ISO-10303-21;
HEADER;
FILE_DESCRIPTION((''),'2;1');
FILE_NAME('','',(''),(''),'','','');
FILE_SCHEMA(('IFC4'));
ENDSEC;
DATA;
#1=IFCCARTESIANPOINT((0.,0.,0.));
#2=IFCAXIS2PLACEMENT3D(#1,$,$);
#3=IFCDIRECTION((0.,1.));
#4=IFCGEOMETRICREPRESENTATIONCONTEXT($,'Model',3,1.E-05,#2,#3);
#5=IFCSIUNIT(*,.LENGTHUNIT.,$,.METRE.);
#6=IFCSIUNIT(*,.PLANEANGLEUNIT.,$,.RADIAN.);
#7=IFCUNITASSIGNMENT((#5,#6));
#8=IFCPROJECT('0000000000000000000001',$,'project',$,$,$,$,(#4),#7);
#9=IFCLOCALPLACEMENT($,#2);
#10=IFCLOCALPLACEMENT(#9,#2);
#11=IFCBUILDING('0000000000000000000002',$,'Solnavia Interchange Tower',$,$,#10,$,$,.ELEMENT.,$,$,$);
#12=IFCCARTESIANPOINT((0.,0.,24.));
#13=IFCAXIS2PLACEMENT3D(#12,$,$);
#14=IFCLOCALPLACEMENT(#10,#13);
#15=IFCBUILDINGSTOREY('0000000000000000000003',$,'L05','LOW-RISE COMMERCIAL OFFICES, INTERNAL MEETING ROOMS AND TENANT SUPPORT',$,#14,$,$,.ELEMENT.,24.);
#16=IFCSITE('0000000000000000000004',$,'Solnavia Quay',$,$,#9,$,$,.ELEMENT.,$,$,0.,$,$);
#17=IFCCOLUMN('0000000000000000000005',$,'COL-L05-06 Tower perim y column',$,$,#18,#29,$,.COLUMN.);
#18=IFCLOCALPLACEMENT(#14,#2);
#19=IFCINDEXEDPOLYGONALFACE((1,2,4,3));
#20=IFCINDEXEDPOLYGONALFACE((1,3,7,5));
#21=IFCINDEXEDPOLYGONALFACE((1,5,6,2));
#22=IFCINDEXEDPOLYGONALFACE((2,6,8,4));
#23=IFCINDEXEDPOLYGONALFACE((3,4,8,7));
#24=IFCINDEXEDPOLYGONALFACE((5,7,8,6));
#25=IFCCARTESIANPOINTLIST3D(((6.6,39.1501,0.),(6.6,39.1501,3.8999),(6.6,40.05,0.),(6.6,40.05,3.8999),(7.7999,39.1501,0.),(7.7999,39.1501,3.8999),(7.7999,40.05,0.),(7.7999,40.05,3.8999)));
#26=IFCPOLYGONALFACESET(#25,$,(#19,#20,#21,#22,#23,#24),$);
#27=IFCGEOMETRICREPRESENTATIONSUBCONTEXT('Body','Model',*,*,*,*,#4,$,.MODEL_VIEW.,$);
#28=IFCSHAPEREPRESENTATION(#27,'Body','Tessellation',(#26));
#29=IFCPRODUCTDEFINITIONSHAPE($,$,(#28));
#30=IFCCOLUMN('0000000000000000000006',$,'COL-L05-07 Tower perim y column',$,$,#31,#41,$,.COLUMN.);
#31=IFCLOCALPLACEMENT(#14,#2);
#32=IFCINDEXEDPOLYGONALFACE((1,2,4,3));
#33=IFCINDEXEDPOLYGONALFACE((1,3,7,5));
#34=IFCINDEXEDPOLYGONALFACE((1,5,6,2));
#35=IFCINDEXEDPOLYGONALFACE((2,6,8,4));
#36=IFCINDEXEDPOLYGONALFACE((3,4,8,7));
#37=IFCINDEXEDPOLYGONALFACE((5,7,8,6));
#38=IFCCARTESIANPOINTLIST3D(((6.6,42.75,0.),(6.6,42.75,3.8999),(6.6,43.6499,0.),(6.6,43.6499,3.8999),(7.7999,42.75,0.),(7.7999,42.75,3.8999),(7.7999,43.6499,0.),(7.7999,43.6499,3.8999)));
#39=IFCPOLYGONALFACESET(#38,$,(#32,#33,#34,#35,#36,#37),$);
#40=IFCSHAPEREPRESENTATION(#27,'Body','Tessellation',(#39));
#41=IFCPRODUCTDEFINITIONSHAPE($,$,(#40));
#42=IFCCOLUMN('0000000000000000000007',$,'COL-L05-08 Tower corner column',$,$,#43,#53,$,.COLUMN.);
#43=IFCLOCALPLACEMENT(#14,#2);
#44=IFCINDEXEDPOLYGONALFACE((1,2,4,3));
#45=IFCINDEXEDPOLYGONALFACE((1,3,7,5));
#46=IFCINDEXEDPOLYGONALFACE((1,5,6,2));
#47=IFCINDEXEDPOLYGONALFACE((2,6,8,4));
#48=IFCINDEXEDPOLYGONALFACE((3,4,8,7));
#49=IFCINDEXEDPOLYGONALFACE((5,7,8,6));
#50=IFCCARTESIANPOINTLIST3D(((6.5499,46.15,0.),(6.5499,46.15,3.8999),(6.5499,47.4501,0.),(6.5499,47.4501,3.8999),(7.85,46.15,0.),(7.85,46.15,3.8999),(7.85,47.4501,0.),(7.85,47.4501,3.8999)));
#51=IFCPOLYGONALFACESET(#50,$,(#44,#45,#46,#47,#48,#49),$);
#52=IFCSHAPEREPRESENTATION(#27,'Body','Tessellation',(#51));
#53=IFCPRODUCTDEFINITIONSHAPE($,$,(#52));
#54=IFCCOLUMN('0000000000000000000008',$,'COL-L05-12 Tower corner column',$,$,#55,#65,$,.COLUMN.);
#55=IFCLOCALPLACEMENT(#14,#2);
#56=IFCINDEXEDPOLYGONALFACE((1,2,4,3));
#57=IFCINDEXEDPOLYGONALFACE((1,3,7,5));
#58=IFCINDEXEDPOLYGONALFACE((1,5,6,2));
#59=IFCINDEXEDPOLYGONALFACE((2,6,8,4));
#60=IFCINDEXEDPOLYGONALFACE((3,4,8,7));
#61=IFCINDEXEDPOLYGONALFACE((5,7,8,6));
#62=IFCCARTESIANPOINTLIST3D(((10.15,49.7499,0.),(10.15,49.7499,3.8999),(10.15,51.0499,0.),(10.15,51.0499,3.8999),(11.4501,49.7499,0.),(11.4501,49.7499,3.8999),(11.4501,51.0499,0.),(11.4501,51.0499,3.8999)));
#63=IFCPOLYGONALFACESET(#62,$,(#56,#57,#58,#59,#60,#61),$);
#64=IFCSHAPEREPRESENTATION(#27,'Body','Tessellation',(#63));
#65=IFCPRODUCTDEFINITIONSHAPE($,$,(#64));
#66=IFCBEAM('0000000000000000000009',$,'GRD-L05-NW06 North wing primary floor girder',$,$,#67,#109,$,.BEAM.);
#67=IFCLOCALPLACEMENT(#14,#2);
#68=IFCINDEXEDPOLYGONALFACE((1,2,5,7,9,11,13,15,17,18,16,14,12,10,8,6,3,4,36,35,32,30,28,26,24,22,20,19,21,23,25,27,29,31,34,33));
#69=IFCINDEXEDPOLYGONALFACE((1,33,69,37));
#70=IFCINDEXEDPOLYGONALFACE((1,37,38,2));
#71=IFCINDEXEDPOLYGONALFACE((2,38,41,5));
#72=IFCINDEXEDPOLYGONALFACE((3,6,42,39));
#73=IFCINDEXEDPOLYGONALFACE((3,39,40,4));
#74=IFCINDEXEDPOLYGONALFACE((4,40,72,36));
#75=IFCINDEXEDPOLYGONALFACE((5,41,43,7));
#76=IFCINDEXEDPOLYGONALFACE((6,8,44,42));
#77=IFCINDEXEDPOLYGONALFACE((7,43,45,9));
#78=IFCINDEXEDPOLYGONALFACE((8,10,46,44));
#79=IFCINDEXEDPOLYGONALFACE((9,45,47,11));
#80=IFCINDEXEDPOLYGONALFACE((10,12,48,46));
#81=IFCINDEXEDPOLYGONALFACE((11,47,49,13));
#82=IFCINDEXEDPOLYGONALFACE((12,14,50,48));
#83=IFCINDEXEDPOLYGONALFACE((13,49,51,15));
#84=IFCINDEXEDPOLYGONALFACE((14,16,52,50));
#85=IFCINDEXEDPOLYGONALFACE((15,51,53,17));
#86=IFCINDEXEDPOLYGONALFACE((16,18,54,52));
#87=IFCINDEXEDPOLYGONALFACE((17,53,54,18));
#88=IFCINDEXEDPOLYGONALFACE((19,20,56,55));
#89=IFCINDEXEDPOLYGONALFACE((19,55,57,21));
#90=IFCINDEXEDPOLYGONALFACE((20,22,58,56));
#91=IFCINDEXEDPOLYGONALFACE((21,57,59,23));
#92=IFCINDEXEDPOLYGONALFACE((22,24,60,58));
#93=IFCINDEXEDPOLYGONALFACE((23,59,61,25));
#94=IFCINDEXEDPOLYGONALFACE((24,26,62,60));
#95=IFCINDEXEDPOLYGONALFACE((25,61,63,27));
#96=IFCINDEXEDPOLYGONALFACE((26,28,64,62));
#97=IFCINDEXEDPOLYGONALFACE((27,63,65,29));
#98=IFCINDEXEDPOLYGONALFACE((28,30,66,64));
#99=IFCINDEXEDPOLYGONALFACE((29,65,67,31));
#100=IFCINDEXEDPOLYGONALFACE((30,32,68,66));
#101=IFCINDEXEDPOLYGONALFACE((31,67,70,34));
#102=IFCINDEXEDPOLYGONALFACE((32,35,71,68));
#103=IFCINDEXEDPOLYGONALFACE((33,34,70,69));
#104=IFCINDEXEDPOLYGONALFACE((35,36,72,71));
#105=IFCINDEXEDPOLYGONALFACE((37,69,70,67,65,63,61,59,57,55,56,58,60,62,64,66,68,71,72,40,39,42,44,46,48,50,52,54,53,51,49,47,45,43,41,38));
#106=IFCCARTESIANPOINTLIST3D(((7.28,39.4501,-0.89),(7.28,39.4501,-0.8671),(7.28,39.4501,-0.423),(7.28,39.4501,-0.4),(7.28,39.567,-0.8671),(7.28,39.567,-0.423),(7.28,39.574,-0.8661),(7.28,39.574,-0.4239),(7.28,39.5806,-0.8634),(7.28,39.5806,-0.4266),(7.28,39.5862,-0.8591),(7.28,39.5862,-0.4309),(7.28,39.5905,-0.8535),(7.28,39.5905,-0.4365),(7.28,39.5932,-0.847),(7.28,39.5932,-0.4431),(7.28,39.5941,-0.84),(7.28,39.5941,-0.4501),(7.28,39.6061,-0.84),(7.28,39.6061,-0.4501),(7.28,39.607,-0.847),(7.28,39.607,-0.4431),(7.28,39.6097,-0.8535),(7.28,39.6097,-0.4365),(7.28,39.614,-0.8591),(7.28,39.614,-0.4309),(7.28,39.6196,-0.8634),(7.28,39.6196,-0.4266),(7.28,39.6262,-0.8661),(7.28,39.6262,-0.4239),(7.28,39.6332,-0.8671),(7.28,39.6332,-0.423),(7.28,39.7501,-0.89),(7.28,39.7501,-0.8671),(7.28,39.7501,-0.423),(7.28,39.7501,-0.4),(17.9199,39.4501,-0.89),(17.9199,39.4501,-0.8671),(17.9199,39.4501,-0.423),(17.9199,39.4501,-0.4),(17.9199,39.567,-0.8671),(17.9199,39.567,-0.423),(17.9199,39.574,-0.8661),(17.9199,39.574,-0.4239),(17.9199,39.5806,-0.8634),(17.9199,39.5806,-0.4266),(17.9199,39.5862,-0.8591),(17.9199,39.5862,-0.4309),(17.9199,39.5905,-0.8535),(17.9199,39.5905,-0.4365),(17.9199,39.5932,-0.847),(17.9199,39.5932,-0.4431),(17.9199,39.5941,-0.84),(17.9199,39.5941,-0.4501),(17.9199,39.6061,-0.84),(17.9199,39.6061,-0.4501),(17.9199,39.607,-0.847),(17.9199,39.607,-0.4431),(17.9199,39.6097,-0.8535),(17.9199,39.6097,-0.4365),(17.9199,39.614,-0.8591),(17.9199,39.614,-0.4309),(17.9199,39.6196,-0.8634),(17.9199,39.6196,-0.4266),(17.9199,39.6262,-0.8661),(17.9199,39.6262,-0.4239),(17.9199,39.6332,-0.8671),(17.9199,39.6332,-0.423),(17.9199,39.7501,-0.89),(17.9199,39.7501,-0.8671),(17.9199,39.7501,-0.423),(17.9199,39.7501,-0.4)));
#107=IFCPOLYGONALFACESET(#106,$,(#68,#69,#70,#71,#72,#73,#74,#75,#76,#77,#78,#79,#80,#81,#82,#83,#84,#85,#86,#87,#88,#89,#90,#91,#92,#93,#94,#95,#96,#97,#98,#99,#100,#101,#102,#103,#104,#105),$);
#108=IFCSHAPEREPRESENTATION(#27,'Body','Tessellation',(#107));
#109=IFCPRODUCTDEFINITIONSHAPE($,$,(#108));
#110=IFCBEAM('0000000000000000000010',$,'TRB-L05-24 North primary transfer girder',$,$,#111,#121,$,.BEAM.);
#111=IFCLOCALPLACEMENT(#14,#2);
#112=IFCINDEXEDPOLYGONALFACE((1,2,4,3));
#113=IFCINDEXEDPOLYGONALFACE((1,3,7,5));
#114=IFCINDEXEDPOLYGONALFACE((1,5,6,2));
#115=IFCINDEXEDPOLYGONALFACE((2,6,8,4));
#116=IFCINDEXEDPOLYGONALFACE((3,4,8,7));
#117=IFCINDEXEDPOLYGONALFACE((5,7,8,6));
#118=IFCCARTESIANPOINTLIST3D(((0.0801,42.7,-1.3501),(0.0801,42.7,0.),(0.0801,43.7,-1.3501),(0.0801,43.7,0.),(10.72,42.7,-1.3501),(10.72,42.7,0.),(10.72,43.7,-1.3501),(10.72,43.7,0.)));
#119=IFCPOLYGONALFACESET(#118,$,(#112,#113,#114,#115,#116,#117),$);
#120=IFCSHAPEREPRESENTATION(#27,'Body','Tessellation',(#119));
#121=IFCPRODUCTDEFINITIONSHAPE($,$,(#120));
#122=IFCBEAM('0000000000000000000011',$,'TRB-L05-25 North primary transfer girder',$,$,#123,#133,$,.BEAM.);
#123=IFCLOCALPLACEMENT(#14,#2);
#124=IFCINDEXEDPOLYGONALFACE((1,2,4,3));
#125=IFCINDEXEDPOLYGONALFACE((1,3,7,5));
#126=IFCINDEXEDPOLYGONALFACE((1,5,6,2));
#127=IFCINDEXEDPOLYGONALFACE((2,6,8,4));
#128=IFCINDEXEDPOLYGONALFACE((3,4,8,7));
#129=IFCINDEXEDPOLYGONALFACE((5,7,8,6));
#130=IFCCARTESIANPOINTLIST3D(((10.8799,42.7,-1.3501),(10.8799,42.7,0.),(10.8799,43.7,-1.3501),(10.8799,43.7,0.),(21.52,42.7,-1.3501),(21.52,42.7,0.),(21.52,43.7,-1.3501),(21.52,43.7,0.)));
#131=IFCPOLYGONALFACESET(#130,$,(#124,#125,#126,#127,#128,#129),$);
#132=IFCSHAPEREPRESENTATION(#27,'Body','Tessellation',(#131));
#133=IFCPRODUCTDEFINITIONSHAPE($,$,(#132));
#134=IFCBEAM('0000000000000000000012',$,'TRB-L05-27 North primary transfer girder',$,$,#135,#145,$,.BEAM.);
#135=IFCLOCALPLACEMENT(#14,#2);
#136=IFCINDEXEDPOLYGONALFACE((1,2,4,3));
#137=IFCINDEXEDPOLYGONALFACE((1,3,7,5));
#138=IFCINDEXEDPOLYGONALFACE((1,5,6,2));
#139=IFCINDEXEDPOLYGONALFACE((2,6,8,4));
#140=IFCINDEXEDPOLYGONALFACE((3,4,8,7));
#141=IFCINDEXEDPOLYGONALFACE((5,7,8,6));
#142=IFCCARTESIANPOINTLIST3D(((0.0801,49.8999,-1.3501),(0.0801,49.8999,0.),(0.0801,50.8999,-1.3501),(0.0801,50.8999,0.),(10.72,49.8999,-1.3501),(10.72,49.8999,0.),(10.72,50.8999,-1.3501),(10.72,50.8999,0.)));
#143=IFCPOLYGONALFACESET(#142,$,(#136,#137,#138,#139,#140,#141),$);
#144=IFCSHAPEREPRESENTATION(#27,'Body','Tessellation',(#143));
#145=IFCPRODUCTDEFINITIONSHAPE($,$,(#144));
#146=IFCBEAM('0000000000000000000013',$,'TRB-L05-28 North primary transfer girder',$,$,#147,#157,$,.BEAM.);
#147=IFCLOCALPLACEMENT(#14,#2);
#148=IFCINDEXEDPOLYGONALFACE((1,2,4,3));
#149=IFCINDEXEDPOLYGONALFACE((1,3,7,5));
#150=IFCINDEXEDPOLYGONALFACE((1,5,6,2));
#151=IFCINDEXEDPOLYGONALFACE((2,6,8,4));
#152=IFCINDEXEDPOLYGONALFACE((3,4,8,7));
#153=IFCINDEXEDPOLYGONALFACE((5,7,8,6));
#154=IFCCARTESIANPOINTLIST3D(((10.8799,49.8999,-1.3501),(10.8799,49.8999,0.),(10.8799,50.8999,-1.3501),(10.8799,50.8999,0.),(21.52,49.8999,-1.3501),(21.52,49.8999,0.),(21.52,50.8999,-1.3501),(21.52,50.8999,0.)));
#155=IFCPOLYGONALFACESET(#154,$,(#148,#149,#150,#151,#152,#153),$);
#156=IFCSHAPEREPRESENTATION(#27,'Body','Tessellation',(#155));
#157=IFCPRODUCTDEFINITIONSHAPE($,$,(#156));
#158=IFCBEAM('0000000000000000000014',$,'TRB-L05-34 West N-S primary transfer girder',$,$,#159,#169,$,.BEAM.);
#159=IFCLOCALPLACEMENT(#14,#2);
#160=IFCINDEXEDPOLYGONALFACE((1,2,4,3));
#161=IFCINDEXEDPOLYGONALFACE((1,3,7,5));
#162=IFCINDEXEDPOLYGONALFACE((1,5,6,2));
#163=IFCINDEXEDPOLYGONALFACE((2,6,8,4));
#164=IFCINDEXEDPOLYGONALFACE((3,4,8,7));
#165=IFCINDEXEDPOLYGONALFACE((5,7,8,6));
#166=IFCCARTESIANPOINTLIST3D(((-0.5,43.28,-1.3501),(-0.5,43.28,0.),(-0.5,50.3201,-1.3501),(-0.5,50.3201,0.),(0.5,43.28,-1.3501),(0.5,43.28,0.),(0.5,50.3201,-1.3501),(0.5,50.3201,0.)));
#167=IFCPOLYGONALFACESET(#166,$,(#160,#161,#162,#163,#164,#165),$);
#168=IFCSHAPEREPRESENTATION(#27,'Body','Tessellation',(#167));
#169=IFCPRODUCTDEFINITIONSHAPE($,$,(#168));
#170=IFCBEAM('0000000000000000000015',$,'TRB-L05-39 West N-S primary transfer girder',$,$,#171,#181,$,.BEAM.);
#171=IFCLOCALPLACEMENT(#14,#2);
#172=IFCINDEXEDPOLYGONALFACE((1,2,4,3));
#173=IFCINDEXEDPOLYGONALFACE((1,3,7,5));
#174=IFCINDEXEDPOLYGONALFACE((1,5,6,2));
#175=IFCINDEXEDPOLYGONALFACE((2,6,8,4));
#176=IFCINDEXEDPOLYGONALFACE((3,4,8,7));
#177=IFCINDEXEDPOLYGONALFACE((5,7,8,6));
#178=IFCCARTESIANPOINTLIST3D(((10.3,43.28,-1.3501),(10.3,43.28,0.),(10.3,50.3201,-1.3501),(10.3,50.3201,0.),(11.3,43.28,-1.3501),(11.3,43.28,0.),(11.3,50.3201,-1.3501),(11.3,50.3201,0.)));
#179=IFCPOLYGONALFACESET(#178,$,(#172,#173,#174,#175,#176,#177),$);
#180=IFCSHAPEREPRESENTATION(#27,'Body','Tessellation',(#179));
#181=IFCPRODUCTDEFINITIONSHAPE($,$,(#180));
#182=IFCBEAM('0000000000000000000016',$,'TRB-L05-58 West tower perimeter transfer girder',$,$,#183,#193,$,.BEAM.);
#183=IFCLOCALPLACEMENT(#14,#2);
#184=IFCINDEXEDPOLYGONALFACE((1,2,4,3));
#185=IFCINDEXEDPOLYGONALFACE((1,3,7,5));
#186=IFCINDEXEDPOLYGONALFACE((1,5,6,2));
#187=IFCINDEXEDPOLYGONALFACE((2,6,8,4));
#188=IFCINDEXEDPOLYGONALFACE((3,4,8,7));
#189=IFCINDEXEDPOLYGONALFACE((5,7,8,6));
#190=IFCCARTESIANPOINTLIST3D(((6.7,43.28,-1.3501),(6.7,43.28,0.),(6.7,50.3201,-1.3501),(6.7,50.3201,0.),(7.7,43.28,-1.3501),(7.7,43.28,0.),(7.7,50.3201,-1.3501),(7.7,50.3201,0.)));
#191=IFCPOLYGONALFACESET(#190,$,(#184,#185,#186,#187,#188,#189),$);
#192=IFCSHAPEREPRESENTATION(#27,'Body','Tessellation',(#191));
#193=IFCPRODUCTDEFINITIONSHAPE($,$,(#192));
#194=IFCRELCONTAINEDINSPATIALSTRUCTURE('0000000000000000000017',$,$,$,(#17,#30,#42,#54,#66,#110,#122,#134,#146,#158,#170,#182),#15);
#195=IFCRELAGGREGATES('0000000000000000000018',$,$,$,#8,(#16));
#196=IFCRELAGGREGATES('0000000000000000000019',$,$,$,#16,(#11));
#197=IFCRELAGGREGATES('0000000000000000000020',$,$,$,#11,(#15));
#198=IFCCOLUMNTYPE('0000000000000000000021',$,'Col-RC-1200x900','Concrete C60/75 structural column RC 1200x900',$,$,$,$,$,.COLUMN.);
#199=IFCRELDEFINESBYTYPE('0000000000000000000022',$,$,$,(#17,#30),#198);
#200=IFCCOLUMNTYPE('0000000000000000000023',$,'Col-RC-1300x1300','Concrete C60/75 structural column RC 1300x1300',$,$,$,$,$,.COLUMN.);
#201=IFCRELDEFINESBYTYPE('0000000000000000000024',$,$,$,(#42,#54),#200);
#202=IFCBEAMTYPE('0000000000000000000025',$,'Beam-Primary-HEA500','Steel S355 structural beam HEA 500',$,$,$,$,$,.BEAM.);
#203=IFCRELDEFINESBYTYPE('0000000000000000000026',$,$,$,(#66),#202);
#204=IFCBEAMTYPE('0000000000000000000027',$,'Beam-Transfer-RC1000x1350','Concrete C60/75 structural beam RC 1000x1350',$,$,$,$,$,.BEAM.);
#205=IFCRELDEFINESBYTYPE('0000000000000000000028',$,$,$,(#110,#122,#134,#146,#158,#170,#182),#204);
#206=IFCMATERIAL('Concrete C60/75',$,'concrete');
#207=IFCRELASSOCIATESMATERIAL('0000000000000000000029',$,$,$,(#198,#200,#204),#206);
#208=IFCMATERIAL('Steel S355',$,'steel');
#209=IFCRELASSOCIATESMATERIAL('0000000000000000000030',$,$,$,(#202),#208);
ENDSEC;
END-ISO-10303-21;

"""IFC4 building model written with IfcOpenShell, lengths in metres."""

from ifc_helpers import new_model, si_unit, direction, frame, origin, origin_2d, place, context, subcontext, project, spatial, rectangle, i_section, extrude, material, material_profile, profile_set, type_object, element, save


model = new_model("IFC4")

# Units and contexts
model_context = context("Model", 3, precision=1e-05, world=origin(), true_north=direction((0.0, 1.0)))
body_context = subcontext(model_context, "Body", "Model", "MODEL_VIEW")
ifc_project = project(units=[si_unit("LENGTHUNIT", "METRE"), si_unit("PLANEANGLEUNIT", "RADIAN")], contexts=[model_context])

# Site, building, storey
site_placement = place(None, origin())
site = spatial("IfcSite", under=ifc_project, at=site_placement, Name="Solnavia Quay", CompositionType="ELEMENT", RefElevation=0.0)
building_placement = place(site_placement, origin())
building = spatial("IfcBuilding", under=site, at=building_placement, Name="Solnavia Interchange Tower", CompositionType="ELEMENT")
storey_placement = place(building_placement, frame((0.0, 0.0, 24.0)))
storey = spatial("IfcBuildingStorey", under=building, at=storey_placement, Name="L05", Description="LOW-RISE COMMERCIAL OFFICES, INTERNAL MEETING ROOMS AND TENANT SUPPORT", CompositionType="ELEMENT", Elevation=24.0)

# Columns
ifc_material_1 = material(Name="Concrete C60/75", Category="concrete")
ifc_material_profile_1 = material_profile(ifc_material_1, rectangle(XDim=0.8999, YDim=1.2, at=origin_2d()), Name="RC 1200x900")
ifc_profile_set_1 = profile_set([ifc_material_profile_1], Name="Concrete C60/75")
column_type_1 = type_object("IfcColumnType", Name="Col-RC-1200x900", Description="Concrete C60/75 structural column RC 1200x900", PredefinedType="COLUMN", material=ifc_profile_set_1)
for number, where, z_axis, x_axis, name in (
    (1, (7.2, 39.6001, 0.0), (0.0, 0.0, 1.0), (0.0, 1.0, 0.0), "COL-L05-06 Tower perim y column"),
    (2, (7.2, 43.2, 0.0), (0.0, 0.0, 1.0), (0.0, 1.0, 0.0), "COL-L05-07 Tower perim y column"),
):
    element("IfcColumn", number, at=place(storey_placement, frame(where, z_axis=z_axis, x_axis=x_axis)), inside=storey, type_object=column_type_1, Name=name, PredefinedType="COLUMN", context=body_context, shape_type="SweptSolid", body=[
        extrude(rectangle(XDim=0.8999, YDim=1.2, at=origin_2d()), origin(), (0.0, 0.0, 1.0), 3.8999),
    ])
ifc_material_profile_2 = material_profile(ifc_material_1, rectangle(XDim=1.3, YDim=1.3, at=origin_2d()), Name="RC 1300x1300")
ifc_profile_set_2 = profile_set([ifc_material_profile_2], Name="Concrete C60/75")
column_type_2 = type_object("IfcColumnType", Name="Col-RC-1300x1300", Description="Concrete C60/75 structural column RC 1300x1300", PredefinedType="COLUMN", material=ifc_profile_set_2)
for number, where, z_axis, x_axis, name in (
    (3, (7.2, 46.8, 0.0), (0.0, 0.0, 1.0), (0.0, 1.0, 0.0), "COL-L05-08 Tower corner column"),
    (4, (10.8, 50.3999, 0.0), (0.0, 0.0, 1.0), (1.0, 0.0, 0.0), "COL-L05-12 Tower corner column"),
):
    element("IfcColumn", number, at=place(storey_placement, frame(where, z_axis=z_axis, x_axis=x_axis)), inside=storey, type_object=column_type_2, Name=name, PredefinedType="COLUMN", context=body_context, shape_type="SweptSolid", body=[
        extrude(rectangle(XDim=1.3, YDim=1.3, at=origin_2d()), origin(), (0.0, 0.0, 1.0), 3.8999),
    ])

# Beams
ifc_material_2 = material(Name="Steel S355", Category="steel")
ifc_material_profile_3 = material_profile(ifc_material_2, i_section(OverallWidth=0.3, OverallDepth=0.49, WebThickness=0.012, FlangeThickness=0.0229, FilletRadius=0.0271, at=origin_2d()), Name="HEA 500")
ifc_profile_set_3 = profile_set([ifc_material_profile_3], Name="Steel S355")
beam_type_1 = type_object("IfcBeamType", Name="Beam-Primary-HEA500", Description="Steel S355 structural beam HEA 500", PredefinedType="BEAM", material=ifc_profile_set_3)
beam_1_placement = place(storey_placement, frame((7.28, 39.6001, -0.645), z_axis=(1.0, 0.0, 0.0), x_axis=(0.0, 1.0, 0.0)))
element("IfcBeam", 5, at=beam_1_placement, inside=storey, type_object=beam_type_1, Name="GRD-L05-NW06 North wing primary floor girder", PredefinedType="BEAM", context=body_context, shape_type="SweptSolid", body=[
    extrude(i_section(OverallWidth=0.3, OverallDepth=0.49, WebThickness=0.012, FlangeThickness=0.0229, FilletRadius=0.0271, at=origin_2d()), origin(), (0.0, 0.0, 1.0), 10.6399),
])
ifc_material_profile_4 = material_profile(ifc_material_1, rectangle(XDim=1.0, YDim=1.3501, at=origin_2d()), Name="RC 1000x1350")
ifc_profile_set_4 = profile_set([ifc_material_profile_4], Name="Concrete C60/75")
beam_type_2 = type_object("IfcBeamType", Name="Beam-Transfer-RC1000x1350", Description="Concrete C60/75 structural beam RC 1000x1350", PredefinedType="BEAM", material=ifc_profile_set_4)
beam_2_placement = place(storey_placement, frame((0.0801, 43.2, -0.675), z_axis=(1.0, 0.0, 0.0), x_axis=(0.0, 1.0, 0.0)))
element("IfcBeam", 6, at=beam_2_placement, inside=storey, type_object=beam_type_2, Name="TRB-L05-24 North primary transfer girder", PredefinedType="BEAM", context=body_context, shape_type="SweptSolid", body=[
    extrude(rectangle(XDim=1.0, YDim=1.3501, at=origin_2d()), origin(), (0.0, 0.0, 1.0), 10.6399),
])
beam_3_placement = place(storey_placement, frame((10.8799, 43.2, -0.675), z_axis=(1.0, 0.0, 0.0), x_axis=(0.0, 1.0, 0.0)))
element("IfcBeam", 7, at=beam_3_placement, inside=storey, type_object=beam_type_2, Name="TRB-L05-25 North primary transfer girder", PredefinedType="BEAM", context=body_context, shape_type="SweptSolid", body=[
    extrude(rectangle(XDim=1.0, YDim=1.3501, at=origin_2d()), origin(), (0.0, 0.0, 1.0), 10.6401),
])
beam_4_placement = place(storey_placement, frame((0.0801, 50.3999, -0.675), z_axis=(1.0, 0.0, 0.0), x_axis=(0.0, 1.0, 0.0)))
element("IfcBeam", 8, at=beam_4_placement, inside=storey, type_object=beam_type_2, Name="TRB-L05-27 North primary transfer girder", PredefinedType="BEAM", context=body_context, shape_type="SweptSolid", body=[
    extrude(rectangle(XDim=1.0, YDim=1.3501, at=origin_2d()), origin(), (0.0, 0.0, 1.0), 10.6399),
])
beam_5_placement = place(storey_placement, frame((10.8799, 50.3999, -0.675), z_axis=(1.0, 0.0, 0.0), x_axis=(0.0, 1.0, 0.0)))
element("IfcBeam", 9, at=beam_5_placement, inside=storey, type_object=beam_type_2, Name="TRB-L05-28 North primary transfer girder", PredefinedType="BEAM", context=body_context, shape_type="SweptSolid", body=[
    extrude(rectangle(XDim=1.0, YDim=1.3501, at=origin_2d()), origin(), (0.0, 0.0, 1.0), 10.6401),
])
for number, where, z_axis, x_axis, name in (
    (10, (0.0, 43.28, -0.675), (0.0, 1.0, 0.0), (-1.0, 0.0, 0.0), "TRB-L05-34 West N-S primary transfer girder"),
    (11, (10.8, 43.28, -0.675), (0.0, 1.0, 0.0), (-1.0, 0.0, 0.0), "TRB-L05-39 West N-S primary transfer girder"),
    (12, (7.2, 43.28, -0.675), (0.0, 1.0, 0.0), (-1.0, 0.0, 0.0), "TRB-L05-58 West tower perimeter transfer girder"),
):
    element("IfcBeam", number, at=place(storey_placement, frame(where, z_axis=z_axis, x_axis=x_axis)), inside=storey, type_object=beam_type_2, Name=name, PredefinedType="BEAM", context=body_context, shape_type="SweptSolid", body=[
        extrude(rectangle(XDim=1.0, YDim=1.3501, at=origin_2d()), origin(), (0.0, 0.0, 1.0), 7.04),
    ])

save(model, "model.ifc")
